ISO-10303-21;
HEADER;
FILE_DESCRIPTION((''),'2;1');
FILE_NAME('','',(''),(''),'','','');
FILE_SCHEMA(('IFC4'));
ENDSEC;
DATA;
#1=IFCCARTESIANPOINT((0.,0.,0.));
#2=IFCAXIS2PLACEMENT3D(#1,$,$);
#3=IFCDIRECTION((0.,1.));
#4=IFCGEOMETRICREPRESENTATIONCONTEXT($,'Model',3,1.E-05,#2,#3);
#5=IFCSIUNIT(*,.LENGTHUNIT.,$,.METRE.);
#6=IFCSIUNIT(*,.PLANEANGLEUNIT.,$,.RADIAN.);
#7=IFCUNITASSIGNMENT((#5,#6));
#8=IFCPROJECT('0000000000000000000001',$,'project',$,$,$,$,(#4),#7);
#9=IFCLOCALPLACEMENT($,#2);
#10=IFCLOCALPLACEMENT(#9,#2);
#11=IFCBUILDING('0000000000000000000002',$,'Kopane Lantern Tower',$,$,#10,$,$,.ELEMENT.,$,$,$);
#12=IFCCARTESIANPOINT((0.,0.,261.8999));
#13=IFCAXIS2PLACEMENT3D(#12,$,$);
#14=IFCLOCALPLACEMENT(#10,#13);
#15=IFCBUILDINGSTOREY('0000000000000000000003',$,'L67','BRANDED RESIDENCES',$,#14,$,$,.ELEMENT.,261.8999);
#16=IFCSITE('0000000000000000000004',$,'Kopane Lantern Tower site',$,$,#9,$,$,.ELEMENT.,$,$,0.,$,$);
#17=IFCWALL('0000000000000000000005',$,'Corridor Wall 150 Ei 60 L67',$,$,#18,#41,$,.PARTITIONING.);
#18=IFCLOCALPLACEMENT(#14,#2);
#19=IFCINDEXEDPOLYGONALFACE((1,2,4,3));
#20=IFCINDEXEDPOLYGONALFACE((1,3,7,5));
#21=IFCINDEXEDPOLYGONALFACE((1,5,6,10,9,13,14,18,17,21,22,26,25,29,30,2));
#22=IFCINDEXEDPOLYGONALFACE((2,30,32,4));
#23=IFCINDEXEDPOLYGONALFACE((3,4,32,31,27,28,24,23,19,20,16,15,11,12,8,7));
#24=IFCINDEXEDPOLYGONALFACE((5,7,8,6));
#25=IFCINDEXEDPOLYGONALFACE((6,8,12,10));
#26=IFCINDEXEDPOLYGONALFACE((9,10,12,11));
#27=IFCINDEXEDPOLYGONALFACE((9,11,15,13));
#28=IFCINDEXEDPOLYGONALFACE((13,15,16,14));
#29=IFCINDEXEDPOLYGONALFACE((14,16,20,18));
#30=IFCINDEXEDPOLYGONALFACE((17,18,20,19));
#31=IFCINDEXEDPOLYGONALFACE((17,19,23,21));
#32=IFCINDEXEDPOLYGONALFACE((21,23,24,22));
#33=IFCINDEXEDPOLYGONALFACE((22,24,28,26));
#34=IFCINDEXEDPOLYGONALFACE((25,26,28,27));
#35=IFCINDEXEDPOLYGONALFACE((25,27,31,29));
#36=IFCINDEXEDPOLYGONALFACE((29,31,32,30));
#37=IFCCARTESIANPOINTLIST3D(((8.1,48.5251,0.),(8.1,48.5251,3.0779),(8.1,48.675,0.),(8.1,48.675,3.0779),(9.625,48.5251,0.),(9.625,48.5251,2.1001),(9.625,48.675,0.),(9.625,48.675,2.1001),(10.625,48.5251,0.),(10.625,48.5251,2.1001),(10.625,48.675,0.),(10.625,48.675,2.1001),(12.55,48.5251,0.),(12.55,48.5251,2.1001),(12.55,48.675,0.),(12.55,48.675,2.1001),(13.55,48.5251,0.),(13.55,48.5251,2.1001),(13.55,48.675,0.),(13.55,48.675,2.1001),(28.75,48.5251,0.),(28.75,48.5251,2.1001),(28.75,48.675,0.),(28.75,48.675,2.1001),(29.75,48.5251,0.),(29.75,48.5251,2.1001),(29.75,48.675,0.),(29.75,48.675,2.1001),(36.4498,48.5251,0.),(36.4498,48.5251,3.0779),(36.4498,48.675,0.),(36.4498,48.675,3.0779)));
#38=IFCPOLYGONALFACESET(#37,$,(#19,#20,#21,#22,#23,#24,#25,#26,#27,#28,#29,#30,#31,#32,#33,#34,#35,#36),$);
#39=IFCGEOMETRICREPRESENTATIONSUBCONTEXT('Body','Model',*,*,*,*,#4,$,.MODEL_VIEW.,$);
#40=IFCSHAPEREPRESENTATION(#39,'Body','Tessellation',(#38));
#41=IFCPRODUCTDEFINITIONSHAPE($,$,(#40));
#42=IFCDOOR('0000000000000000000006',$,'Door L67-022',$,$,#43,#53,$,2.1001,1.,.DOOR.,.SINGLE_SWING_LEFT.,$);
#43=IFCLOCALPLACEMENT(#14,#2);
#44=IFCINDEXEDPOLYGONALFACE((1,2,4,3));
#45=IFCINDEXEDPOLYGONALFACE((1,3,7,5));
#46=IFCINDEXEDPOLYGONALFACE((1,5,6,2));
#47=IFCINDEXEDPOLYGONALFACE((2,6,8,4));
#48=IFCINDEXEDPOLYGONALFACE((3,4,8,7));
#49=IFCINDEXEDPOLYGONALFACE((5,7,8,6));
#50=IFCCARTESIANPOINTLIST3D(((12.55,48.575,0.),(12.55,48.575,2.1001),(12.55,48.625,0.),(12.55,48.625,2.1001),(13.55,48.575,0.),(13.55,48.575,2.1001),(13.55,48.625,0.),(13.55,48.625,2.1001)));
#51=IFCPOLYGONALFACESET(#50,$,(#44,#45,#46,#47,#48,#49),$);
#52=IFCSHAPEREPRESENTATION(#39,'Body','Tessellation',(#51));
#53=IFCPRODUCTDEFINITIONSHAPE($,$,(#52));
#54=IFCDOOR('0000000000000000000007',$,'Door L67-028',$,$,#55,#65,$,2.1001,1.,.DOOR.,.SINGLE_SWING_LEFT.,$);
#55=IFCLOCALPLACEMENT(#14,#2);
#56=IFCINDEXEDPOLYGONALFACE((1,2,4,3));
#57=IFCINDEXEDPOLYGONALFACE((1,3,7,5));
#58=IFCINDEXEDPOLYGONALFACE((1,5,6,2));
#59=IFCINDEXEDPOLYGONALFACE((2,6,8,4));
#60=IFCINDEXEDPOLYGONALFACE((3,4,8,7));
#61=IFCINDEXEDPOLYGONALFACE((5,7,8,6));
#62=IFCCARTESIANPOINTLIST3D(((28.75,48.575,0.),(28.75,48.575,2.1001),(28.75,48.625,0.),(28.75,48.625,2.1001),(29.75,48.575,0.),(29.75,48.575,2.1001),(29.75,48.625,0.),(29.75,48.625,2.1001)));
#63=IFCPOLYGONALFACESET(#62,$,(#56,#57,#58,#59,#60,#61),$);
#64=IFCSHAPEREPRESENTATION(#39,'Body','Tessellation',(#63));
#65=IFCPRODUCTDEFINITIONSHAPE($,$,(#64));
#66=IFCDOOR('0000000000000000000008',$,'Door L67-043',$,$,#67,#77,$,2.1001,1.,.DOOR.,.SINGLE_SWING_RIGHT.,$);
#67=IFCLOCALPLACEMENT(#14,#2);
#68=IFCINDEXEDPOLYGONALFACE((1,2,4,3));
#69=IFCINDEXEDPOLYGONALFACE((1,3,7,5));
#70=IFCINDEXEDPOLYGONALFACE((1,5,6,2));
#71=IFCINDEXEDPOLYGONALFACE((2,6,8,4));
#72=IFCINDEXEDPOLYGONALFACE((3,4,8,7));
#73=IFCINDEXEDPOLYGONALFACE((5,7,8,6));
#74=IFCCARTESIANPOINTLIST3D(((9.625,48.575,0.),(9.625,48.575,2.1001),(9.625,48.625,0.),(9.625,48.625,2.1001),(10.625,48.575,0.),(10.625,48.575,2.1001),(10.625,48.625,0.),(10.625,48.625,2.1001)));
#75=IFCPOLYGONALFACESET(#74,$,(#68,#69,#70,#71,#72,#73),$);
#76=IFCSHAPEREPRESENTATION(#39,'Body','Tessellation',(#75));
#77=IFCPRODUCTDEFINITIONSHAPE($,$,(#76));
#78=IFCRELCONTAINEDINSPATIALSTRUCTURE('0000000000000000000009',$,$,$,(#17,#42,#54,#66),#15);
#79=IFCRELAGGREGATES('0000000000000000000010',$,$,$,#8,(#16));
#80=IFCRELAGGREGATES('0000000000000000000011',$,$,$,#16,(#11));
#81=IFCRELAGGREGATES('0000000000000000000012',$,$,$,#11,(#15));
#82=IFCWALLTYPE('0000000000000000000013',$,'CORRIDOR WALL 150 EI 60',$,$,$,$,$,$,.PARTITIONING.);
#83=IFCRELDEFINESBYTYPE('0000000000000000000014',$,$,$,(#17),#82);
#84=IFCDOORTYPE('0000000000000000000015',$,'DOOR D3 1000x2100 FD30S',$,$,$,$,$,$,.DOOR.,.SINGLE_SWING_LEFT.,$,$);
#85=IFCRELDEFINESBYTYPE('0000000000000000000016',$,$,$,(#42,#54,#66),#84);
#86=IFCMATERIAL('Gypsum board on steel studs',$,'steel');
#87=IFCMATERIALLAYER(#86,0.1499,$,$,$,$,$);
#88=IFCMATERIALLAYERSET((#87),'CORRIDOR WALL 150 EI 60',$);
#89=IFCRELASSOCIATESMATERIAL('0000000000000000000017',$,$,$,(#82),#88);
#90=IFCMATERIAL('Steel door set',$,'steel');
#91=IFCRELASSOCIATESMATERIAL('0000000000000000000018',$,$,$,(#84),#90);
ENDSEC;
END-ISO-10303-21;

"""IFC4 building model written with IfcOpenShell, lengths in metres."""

from ifc_helpers import new_model, si_unit, direction, frame, frame_2d, origin, place, context, subcontext, project, spatial, rectangle, extrude, material, layer, layer_set, type_object, element, fill, save


model = new_model("IFC4")

# Units and contexts
model_context = context("Model", 3, precision=1e-05, world=origin(), true_north=direction((0.0, 1.0)))
body_context = subcontext(model_context, "Body", "Model", "MODEL_VIEW")
ifc_project = project(units=[si_unit("LENGTHUNIT", "METRE"), si_unit("PLANEANGLEUNIT", "RADIAN")], contexts=[model_context])

# Site, building, storey
site_placement = place(None, origin())
site = spatial("IfcSite", under=ifc_project, at=site_placement, Name="Kopane Lantern Tower site", CompositionType="ELEMENT", RefElevation=0.0)
building_placement = place(site_placement, origin())
building = spatial("IfcBuilding", under=site, at=building_placement, Name="Kopane Lantern Tower", CompositionType="ELEMENT")
storey_placement = place(building_placement, frame((0.0, 0.0, 261.8999)))
storey = spatial("IfcBuildingStorey", under=building, at=storey_placement, Name="L67", Description="BRANDED RESIDENCES", CompositionType="ELEMENT", Elevation=261.8999)

# Wall, openings, doors
ifc_material_1 = material(Name="Gypsum board on steel studs", Category="steel")
ifc_layer_1 = layer(ifc_material_1, 0.1499)
ifc_layer_set_1 = layer_set([ifc_layer_1], Name="CORRIDOR WALL 150 EI 60")
wall_type_1 = type_object("IfcWallType", Name="CORRIDOR WALL 150 EI 60", PredefinedType="PARTITIONING", material=ifc_layer_set_1)
wall_1_placement = place(storey_placement, frame((8.1001, 48.6001, 0.0), z_axis=(0.0, 0.0, 1.0), x_axis=(1.0, 0.0, 0.0)))
wall_1 = element("IfcWall", 1, at=wall_1_placement, inside=storey, type_object=wall_type_1, Name="Corridor Wall 150 Ei 60 L67", PredefinedType="PARTITIONING", context=body_context, shape_type="SweptSolid", body=[
    extrude(rectangle(XDim=28.3499, YDim=0.1499, at=frame_2d((14.1748, 0.0))), origin(), (0.0, 0.0, 1.0), 3.0779),
])
opening_1_placement = place(wall_1_placement, frame((4.45, 0.0, 0.0)))
opening_1 = element("IfcOpeningElement", 2, at=opening_1_placement, cuts=wall_1, PredefinedType="OPENING", context=body_context, shape_type="SweptSolid", body=[
    extrude(rectangle(XDim=1.0, YDim=2.1001, at=frame_2d((0.5, 1.05))), frame((0.0, 0.085, 0.0), z_axis=(0.0, -1.0, 0.0), x_axis=(1.0, 0.0, 0.0)), (0.0, 0.0, 1.0), 0.1699),
])
opening_2_placement = place(wall_1_placement, frame((20.6499, 0.0, 0.0)))
opening_2 = element("IfcOpeningElement", 3, at=opening_2_placement, cuts=wall_1, PredefinedType="OPENING", context=body_context, shape_type="SweptSolid", body=[
    extrude(rectangle(XDim=1.0, YDim=2.1001, at=frame_2d((0.5, 1.05))), frame((0.0, 0.085, 0.0), z_axis=(0.0, -1.0, 0.0), x_axis=(1.0, 0.0, 0.0)), (0.0, 0.0, 1.0), 0.1699),
])
opening_3_placement = place(wall_1_placement, frame((1.5249, 0.0, 0.0)))
opening_3 = element("IfcOpeningElement", 4, at=opening_3_placement, cuts=wall_1, PredefinedType="OPENING", context=body_context, shape_type="SweptSolid", body=[
    extrude(rectangle(XDim=1.0, YDim=2.1001, at=frame_2d((0.5, 1.05))), frame((0.0, 0.085, 0.0), z_axis=(0.0, -1.0, 0.0), x_axis=(1.0, 0.0, 0.0)), (0.0, 0.0, 1.0), 0.1699),
])
ifc_material_2 = material(Name="Steel door set", Category="steel")
door_type_1 = type_object("IfcDoorType", Name="DOOR D3 1000x2100 FD30S", OperationType="SINGLE_SWING_LEFT", PredefinedType="DOOR", material=ifc_material_2)
door_1_placement = place(opening_1_placement, origin())
door_1 = element("IfcDoor", 5, at=door_1_placement, inside=storey, type_object=door_type_1, Name="Door L67-022", OperationType="SINGLE_SWING_LEFT", OverallHeight=2.1001, OverallWidth=1.0, PredefinedType="DOOR", context=body_context, shape_type="SweptSolid", body=[
    extrude(rectangle(XDim=1.0, YDim=2.1001, at=frame_2d((0.5, 1.05))), frame((0.0, 0.0249, 0.0), z_axis=(0.0, -1.0, 0.0), x_axis=(1.0, 0.0, 0.0)), (0.0, 0.0, 1.0), 0.05),
])
fill(opening_1, door_1)
door_2_placement = place(opening_2_placement, origin())
door_2 = element("IfcDoor", 6, at=door_2_placement, inside=storey, type_object=door_type_1, Name="Door L67-028", OperationType="SINGLE_SWING_LEFT", OverallHeight=2.1001, OverallWidth=1.0, PredefinedType="DOOR", context=body_context, shape_type="SweptSolid", body=[
    extrude(rectangle(XDim=1.0, YDim=2.1001, at=frame_2d((0.5, 1.05))), frame((0.0, 0.0249, 0.0), z_axis=(0.0, -1.0, 0.0), x_axis=(1.0, 0.0, 0.0)), (0.0, 0.0, 1.0), 0.05),
])
fill(opening_2, door_2)
door_3_placement = place(opening_3_placement, origin())
door_3 = element("IfcDoor", 7, at=door_3_placement, inside=storey, type_object=door_type_1, Name="Door L67-043", OperationType="SINGLE_SWING_RIGHT", OverallHeight=2.1001, OverallWidth=1.0, PredefinedType="DOOR", context=body_context, shape_type="SweptSolid", body=[
    extrude(rectangle(XDim=1.0, YDim=2.1001, at=frame_2d((0.5, 1.05))), frame((0.0, 0.0249, 0.0), z_axis=(0.0, -1.0, 0.0), x_axis=(1.0, 0.0, 0.0)), (0.0, 0.0, 1.0), 0.05),
])
fill(opening_3, door_3)

save(model, "model.ifc")
